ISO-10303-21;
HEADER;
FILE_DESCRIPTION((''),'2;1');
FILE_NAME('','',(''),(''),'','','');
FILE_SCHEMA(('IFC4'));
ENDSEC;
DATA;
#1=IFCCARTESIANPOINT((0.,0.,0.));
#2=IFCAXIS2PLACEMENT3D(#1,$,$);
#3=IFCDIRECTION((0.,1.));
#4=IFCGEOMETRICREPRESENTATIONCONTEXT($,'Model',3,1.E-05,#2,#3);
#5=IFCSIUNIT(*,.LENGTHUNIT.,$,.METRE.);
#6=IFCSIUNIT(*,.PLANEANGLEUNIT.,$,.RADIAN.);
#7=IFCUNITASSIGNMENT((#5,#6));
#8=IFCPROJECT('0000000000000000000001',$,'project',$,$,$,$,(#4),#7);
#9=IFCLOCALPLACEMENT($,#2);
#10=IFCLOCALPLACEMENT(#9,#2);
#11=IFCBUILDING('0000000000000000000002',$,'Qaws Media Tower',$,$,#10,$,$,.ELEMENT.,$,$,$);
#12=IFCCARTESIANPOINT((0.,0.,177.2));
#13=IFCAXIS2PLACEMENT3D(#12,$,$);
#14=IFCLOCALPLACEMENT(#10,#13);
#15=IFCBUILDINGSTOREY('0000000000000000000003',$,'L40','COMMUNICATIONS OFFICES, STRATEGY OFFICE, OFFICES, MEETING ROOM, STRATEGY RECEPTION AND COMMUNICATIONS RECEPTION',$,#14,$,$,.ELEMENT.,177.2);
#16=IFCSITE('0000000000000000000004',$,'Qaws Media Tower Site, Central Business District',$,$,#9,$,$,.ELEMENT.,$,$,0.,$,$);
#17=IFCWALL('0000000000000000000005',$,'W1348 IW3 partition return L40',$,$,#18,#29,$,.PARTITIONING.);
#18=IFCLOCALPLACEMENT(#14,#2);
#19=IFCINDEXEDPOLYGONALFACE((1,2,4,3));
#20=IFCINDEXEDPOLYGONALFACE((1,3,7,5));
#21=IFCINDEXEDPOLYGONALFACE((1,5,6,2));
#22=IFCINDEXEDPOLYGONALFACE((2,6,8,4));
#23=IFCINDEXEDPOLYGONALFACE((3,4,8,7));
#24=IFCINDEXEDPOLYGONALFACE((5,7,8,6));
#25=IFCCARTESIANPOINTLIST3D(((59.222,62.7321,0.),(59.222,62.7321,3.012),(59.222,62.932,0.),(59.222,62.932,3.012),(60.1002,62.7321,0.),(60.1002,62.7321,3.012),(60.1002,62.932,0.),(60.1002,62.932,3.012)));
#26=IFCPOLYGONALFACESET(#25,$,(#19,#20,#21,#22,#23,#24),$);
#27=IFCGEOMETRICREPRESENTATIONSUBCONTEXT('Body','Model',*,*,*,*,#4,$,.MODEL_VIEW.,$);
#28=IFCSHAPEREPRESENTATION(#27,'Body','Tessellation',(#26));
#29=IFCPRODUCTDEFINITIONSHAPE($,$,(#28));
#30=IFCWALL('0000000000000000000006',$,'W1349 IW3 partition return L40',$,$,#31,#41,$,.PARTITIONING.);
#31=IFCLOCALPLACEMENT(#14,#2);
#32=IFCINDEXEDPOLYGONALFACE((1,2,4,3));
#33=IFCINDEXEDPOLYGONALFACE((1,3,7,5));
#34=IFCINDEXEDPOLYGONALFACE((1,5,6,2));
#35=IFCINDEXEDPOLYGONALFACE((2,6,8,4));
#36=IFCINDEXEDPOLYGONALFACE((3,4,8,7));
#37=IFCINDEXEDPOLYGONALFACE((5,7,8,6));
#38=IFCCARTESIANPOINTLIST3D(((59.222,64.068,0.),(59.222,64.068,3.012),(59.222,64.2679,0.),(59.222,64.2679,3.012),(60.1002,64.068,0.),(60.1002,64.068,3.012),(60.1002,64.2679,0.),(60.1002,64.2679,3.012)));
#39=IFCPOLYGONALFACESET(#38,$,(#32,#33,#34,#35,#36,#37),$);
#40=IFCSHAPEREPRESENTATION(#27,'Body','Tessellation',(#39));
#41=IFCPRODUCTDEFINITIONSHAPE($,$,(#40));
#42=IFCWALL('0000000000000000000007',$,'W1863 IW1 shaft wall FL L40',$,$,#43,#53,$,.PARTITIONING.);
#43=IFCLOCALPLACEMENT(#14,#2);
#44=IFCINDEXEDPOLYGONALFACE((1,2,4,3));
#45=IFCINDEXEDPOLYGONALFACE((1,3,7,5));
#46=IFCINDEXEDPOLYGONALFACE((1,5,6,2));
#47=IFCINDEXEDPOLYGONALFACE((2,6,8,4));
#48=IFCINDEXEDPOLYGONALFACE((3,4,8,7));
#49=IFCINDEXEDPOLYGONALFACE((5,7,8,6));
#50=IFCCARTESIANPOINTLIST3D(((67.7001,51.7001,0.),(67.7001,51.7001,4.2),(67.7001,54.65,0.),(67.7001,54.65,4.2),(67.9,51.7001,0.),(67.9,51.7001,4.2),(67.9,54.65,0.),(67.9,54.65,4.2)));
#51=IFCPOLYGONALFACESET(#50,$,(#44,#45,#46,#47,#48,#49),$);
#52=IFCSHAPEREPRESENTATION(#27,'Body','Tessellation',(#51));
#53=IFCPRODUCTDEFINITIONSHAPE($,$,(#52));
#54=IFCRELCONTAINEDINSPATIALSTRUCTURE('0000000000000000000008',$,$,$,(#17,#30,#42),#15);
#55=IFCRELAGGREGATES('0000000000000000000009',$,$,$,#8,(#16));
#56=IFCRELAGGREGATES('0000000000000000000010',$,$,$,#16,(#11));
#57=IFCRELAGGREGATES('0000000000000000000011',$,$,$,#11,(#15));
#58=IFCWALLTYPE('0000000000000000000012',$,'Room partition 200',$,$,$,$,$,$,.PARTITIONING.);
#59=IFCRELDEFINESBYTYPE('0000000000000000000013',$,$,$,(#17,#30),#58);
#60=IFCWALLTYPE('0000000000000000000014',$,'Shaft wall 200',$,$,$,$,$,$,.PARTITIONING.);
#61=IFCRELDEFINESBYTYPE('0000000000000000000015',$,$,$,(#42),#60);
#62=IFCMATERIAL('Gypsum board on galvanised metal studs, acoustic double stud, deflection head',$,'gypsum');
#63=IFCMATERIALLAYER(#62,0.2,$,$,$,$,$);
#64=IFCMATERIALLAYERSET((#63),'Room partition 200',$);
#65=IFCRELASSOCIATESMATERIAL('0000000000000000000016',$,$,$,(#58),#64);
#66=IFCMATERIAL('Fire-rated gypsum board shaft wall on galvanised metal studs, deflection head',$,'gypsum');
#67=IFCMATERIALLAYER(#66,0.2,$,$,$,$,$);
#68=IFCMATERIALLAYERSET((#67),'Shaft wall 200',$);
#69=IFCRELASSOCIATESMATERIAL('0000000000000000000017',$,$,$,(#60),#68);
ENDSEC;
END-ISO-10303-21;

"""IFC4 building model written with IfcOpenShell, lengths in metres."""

from ifc_helpers import new_model, si_unit, direction, frame, frame_2d, origin, place, context, subcontext, project, spatial, rectangle, extrude, material, layer, layer_set, type_object, element, save


model = new_model("IFC4")

# Units and contexts
model_context = context("Model", 3, precision=1e-05, world=origin(), true_north=direction((0.0, 1.0)))
body_context = subcontext(model_context, "Body", "Model", "MODEL_VIEW")
ifc_project = project(units=[si_unit("LENGTHUNIT", "METRE"), si_unit("PLANEANGLEUNIT", "RADIAN")], contexts=[model_context])

# Site, building, storey
site_placement = place(None, origin())
site = spatial("IfcSite", under=ifc_project, at=site_placement, Name="Qaws Media Tower Site, Central Business District", CompositionType="ELEMENT", RefElevation=0.0)
building_placement = place(site_placement, origin())
building = spatial("IfcBuilding", under=site, at=building_placement, Name="Qaws Media Tower", CompositionType="ELEMENT")
storey_placement = place(building_placement, frame((0.0, 0.0, 177.2)))
storey = spatial("IfcBuildingStorey", under=building, at=storey_placement, Name="L40", Description="COMMUNICATIONS OFFICES, STRATEGY OFFICE, OFFICES, MEETING ROOM, STRATEGY RECEPTION AND COMMUNICATIONS RECEPTION", CompositionType="ELEMENT", Elevation=177.2)

# Walls
ifc_material_1 = material(Name="Gypsum board on galvanised metal studs, acoustic double stud, deflection head", Category="gypsum")
ifc_layer_1 = layer(ifc_material_1, 0.2)
ifc_layer_set_1 = layer_set([ifc_layer_1], Name="Room partition 200")
wall_type_1 = type_object("IfcWallType", Name="Room partition 200", PredefinedType="PARTITIONING", material=ifc_layer_set_1)
for number, where, z_axis, x_axis, name in (
    (1, (60.1001, 62.832, 0.0), (0.0, 0.0, 1.0), (-1.0, 0.0, 0.0), "W1348 IW3 partition return L40"),
    (2, (60.1001, 64.168, 0.0), (0.0, 0.0, 1.0), (-1.0, 0.0, 0.0), "W1349 IW3 partition return L40"),
):
    element("IfcWall", number, at=place(storey_placement, frame(where, z_axis=z_axis, x_axis=x_axis)), inside=storey, type_object=wall_type_1, Name=name, PredefinedType="PARTITIONING", context=body_context, shape_type="SweptSolid", body=[
        extrude(rectangle(XDim=0.8782, YDim=0.2, at=frame_2d((0.439, 0.0))), origin(), (0.0, 0.0, 1.0), 3.012),
    ])
ifc_material_2 = material(Name="Fire-rated gypsum board shaft wall on galvanised metal studs, deflection head", Category="gypsum")
ifc_layer_2 = layer(ifc_material_2, 0.2)
ifc_layer_set_2 = layer_set([ifc_layer_2], Name="Shaft wall 200")
wall_type_2 = type_object("IfcWallType", Name="Shaft wall 200", PredefinedType="PARTITIONING", material=ifc_layer_set_2)
wall_1_placement = place(storey_placement, frame((67.8, 51.7, 0.0), z_axis=(0.0, 0.0, 1.0), x_axis=(0.0, 1.0, 0.0)))
element("IfcWall", 3, at=wall_1_placement, inside=storey, type_object=wall_type_2, Name="W1863 IW1 shaft wall FL L40", PredefinedType="PARTITIONING", context=body_context, shape_type="SweptSolid", body=[
    extrude(rectangle(XDim=2.95, YDim=0.2, at=frame_2d((1.4751, 0.0))), origin(), (0.0, 0.0, 1.0), 4.2),
])

save(model, "model.ifc")
